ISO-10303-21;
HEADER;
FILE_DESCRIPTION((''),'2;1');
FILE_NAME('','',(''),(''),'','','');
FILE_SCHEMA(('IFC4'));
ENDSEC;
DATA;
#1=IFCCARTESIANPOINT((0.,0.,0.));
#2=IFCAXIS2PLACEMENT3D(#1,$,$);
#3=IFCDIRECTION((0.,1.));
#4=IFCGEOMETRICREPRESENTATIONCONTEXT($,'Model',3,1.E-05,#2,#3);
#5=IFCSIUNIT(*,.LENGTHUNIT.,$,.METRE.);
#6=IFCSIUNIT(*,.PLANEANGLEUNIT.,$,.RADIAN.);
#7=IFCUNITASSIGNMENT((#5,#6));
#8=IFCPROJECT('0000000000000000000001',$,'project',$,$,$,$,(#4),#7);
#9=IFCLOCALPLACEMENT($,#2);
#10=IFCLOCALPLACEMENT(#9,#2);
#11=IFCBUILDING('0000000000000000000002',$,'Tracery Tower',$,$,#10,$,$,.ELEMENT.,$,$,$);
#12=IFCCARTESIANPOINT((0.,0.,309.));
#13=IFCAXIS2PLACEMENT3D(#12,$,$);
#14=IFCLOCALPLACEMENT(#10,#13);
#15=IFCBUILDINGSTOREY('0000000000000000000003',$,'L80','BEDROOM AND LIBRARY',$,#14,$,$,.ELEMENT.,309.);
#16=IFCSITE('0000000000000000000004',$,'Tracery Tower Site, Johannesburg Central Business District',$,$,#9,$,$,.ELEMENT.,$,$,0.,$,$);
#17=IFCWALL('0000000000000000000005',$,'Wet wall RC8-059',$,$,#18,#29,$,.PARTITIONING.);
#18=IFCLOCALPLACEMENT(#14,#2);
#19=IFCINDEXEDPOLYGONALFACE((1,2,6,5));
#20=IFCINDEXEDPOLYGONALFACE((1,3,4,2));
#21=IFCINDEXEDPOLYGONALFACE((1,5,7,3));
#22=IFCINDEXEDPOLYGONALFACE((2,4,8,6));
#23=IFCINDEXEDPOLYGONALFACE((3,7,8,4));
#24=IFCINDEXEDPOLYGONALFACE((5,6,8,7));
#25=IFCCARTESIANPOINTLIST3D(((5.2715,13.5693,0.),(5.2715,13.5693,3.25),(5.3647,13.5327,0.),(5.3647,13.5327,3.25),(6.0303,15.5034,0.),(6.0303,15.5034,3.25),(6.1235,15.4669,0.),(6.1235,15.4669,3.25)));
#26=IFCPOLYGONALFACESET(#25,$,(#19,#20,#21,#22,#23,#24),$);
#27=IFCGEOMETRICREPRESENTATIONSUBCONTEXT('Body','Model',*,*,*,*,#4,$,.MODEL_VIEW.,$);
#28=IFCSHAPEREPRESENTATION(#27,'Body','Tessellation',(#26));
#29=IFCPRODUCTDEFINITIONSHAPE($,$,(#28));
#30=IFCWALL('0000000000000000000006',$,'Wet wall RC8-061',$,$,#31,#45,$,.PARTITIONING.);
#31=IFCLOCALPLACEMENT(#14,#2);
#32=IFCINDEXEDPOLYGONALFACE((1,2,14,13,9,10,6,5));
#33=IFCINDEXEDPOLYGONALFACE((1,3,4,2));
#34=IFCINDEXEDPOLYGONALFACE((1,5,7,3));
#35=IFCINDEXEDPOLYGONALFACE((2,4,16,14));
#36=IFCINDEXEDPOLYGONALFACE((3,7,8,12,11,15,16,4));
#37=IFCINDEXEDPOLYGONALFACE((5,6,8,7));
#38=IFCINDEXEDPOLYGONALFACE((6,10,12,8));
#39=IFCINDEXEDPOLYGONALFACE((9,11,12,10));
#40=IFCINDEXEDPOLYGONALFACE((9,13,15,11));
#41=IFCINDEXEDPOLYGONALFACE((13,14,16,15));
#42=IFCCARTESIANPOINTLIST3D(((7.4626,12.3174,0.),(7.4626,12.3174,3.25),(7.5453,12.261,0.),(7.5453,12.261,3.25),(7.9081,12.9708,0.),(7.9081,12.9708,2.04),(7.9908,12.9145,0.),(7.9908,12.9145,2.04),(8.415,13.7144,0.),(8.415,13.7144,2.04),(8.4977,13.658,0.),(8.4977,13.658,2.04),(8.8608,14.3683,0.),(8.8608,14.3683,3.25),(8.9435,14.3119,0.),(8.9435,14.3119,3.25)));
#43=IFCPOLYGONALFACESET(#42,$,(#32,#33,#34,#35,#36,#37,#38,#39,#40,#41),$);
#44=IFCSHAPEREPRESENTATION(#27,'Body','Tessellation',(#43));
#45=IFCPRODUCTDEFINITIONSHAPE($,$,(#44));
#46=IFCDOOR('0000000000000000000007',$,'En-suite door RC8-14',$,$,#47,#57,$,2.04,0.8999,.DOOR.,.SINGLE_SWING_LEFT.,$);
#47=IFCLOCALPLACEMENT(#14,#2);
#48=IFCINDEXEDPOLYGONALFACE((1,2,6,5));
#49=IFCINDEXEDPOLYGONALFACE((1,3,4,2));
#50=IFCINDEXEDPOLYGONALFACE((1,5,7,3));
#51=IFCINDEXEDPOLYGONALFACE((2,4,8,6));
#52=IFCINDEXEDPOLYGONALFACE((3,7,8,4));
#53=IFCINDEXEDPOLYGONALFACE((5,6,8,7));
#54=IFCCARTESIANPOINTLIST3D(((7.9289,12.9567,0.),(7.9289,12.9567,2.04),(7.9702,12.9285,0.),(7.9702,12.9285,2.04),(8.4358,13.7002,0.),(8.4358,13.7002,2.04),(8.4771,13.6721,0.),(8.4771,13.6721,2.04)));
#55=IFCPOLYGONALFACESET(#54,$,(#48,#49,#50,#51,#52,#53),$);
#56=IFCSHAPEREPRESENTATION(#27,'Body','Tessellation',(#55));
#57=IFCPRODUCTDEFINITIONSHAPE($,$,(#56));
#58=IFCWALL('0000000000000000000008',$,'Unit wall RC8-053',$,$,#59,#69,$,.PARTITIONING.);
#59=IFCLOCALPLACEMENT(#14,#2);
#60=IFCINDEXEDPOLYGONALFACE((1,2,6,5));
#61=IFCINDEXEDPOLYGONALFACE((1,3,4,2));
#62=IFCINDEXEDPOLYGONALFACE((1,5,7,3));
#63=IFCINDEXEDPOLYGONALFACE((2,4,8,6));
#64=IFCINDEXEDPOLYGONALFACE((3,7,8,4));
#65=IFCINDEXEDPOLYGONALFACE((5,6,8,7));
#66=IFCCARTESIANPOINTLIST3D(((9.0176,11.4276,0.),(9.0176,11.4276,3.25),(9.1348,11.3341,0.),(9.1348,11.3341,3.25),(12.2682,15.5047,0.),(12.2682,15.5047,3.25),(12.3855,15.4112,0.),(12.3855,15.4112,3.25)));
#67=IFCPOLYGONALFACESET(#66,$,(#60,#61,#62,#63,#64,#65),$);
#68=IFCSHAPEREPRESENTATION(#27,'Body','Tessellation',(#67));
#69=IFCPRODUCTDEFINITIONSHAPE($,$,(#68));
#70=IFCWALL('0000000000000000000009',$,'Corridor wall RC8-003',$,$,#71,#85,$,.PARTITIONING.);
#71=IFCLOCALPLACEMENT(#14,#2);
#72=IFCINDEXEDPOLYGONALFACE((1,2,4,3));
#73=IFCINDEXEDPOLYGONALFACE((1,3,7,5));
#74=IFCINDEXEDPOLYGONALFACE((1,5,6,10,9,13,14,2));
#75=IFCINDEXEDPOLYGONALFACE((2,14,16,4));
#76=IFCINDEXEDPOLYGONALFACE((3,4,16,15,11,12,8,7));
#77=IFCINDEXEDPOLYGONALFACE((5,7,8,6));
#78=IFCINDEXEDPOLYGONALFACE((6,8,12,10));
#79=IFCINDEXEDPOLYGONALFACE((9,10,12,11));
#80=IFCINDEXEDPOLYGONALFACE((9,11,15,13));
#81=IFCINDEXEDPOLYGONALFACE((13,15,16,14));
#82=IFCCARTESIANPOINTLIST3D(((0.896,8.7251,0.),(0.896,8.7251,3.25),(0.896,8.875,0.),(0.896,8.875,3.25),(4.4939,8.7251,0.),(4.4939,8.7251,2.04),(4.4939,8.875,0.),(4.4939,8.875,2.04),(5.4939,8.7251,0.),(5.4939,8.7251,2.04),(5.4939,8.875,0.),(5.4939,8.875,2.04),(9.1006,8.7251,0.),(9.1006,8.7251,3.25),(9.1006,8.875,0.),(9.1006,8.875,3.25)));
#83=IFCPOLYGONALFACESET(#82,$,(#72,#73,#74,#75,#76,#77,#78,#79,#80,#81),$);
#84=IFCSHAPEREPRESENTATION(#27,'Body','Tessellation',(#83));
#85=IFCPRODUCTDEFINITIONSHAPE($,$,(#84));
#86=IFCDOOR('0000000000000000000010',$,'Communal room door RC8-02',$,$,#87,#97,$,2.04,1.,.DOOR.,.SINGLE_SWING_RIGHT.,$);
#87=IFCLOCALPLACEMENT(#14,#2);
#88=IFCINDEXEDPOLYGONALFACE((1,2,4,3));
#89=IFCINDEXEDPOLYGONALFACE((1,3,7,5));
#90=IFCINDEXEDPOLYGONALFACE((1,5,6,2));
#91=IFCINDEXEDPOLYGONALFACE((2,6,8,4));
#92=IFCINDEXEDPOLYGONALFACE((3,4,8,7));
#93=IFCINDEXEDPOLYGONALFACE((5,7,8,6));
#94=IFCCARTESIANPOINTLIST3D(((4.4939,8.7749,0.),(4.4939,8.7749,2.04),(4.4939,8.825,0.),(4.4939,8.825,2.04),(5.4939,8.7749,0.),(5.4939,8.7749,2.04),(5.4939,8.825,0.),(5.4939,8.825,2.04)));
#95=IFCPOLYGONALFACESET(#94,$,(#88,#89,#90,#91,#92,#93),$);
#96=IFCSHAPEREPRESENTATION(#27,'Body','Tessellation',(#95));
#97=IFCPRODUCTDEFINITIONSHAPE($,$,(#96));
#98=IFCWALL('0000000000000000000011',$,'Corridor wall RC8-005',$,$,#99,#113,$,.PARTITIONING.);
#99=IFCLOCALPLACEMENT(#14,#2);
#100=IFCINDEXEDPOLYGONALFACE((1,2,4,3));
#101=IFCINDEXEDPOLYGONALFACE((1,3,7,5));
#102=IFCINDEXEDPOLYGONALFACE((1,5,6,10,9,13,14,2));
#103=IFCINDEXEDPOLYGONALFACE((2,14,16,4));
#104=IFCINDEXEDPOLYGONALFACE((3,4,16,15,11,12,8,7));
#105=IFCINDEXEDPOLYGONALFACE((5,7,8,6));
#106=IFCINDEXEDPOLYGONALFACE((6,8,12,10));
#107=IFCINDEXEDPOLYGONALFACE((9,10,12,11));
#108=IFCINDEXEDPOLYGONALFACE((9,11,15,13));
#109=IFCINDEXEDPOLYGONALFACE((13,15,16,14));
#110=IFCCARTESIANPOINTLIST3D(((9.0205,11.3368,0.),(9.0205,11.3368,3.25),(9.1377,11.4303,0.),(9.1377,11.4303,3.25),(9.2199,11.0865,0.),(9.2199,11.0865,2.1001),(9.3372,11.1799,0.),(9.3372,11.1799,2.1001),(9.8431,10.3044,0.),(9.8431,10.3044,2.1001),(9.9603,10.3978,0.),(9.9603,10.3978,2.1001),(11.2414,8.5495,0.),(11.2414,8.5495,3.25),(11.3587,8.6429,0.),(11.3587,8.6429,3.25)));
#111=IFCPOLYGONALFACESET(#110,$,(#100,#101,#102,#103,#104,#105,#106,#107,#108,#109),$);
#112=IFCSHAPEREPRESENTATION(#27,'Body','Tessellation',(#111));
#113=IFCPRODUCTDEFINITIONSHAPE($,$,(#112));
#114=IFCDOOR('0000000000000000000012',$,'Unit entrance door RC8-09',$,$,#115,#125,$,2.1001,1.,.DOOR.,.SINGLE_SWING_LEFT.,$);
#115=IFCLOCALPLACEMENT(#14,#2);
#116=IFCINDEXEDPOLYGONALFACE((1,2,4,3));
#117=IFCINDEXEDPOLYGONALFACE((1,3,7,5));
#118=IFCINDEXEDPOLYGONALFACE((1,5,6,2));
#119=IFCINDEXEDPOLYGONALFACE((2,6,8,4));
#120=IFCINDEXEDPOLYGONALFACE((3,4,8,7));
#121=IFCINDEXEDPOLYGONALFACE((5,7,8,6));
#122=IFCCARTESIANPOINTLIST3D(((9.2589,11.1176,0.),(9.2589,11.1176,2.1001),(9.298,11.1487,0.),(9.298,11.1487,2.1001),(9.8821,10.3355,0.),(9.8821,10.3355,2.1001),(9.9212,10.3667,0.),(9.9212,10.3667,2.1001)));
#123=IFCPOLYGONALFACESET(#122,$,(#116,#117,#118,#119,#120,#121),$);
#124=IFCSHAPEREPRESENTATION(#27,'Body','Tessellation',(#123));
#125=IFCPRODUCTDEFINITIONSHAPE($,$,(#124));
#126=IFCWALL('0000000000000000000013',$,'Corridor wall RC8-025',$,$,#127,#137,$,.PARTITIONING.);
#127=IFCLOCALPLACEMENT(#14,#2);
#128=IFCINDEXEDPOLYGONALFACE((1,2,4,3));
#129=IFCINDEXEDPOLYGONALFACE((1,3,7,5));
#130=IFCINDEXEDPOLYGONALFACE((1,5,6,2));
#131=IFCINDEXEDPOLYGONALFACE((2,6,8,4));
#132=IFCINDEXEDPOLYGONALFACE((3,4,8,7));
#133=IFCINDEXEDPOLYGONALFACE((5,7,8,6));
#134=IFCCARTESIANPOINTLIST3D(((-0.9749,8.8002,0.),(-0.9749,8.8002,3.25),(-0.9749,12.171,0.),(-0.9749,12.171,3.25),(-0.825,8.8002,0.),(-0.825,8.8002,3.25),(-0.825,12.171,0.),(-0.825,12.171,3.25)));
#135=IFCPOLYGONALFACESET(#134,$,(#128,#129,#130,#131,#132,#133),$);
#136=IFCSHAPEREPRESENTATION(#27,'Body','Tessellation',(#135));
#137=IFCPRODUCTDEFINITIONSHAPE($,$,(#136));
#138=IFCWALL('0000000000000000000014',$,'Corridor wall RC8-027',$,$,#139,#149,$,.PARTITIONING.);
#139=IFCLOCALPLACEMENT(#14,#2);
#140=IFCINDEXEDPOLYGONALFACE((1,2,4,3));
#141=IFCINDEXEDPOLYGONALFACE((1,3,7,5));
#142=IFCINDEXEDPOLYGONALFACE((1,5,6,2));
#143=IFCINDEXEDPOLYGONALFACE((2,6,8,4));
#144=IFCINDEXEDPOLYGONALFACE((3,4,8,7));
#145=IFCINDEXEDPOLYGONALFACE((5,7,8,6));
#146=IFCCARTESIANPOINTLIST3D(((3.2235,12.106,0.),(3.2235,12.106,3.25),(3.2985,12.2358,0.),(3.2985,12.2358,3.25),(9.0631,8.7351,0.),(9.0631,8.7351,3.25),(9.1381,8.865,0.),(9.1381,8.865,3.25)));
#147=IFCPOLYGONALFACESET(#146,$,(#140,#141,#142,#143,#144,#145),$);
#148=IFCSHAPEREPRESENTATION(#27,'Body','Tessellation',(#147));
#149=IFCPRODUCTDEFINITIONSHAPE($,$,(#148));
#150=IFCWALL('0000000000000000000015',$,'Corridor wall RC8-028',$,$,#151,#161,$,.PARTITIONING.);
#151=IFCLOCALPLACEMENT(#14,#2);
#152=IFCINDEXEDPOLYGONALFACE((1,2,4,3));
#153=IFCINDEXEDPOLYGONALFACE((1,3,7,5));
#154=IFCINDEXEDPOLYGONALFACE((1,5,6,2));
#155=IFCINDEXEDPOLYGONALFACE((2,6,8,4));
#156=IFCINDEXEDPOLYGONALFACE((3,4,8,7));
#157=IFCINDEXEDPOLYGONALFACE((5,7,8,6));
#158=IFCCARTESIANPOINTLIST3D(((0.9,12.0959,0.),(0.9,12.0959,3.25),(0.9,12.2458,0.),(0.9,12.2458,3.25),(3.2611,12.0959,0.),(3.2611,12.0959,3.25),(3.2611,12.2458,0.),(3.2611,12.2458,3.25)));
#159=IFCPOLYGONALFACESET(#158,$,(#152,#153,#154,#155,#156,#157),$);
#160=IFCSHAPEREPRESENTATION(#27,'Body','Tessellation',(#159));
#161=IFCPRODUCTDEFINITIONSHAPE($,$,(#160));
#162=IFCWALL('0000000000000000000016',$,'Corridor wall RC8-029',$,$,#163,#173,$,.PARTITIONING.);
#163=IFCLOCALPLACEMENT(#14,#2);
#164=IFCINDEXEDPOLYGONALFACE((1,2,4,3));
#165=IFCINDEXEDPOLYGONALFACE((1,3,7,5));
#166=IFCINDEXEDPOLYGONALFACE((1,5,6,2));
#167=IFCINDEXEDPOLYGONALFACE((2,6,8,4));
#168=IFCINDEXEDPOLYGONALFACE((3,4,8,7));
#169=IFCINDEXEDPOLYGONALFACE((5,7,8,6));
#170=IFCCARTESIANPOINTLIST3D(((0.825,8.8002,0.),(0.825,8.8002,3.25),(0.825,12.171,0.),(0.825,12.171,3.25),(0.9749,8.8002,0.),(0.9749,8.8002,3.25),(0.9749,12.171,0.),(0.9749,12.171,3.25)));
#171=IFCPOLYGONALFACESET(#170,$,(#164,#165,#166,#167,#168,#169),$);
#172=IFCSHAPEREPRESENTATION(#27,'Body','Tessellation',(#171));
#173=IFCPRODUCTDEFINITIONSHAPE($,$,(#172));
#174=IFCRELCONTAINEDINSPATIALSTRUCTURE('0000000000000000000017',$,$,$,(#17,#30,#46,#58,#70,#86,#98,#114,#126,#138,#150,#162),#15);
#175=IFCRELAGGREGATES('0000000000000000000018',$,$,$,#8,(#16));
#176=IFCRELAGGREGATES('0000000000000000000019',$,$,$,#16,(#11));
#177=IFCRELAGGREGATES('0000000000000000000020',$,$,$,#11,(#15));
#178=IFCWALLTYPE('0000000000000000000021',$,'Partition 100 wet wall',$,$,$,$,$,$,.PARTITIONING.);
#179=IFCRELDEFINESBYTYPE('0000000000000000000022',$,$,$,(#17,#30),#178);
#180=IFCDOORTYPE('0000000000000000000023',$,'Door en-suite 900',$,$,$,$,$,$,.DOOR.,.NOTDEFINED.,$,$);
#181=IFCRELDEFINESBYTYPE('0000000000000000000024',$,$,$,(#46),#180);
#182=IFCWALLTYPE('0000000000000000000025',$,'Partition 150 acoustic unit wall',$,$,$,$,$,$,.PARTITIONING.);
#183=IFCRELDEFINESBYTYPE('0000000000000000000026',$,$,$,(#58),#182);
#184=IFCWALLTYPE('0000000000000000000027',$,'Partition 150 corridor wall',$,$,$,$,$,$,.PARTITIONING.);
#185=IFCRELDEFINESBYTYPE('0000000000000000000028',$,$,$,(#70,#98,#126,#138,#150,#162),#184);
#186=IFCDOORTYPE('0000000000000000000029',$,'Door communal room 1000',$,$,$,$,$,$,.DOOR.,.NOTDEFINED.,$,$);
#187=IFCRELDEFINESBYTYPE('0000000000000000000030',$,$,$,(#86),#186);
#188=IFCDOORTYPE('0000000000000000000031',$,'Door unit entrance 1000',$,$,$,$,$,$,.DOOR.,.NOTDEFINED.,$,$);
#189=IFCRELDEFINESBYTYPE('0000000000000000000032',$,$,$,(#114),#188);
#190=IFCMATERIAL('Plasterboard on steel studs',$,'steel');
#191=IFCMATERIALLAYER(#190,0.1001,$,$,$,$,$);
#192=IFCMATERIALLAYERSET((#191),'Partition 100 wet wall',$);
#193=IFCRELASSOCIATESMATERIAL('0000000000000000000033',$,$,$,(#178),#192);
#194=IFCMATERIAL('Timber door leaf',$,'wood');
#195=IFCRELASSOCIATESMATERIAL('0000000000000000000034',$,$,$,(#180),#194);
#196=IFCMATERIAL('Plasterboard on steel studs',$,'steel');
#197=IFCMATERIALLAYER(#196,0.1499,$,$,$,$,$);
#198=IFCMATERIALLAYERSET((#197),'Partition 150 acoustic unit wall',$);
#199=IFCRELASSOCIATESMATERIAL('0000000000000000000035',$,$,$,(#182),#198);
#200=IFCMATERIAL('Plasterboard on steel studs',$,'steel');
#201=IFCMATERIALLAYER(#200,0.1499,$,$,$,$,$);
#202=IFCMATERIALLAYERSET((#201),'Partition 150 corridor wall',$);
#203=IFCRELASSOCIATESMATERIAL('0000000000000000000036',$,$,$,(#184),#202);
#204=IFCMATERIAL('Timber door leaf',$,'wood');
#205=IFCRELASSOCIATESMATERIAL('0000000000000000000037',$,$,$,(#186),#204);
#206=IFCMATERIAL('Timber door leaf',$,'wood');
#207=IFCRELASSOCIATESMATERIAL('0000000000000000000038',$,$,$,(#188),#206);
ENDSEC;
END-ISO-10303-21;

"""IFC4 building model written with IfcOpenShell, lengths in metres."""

from ifc_helpers import new_model, si_unit, direction, frame, frame_2d, origin, place, context, subcontext, project, spatial, rectangle, extrude, material, layer, layer_set, type_object, element, fill, save


model = new_model("IFC4")

# Units and contexts
model_context = context("Model", 3, precision=1e-05, world=origin(), true_north=direction((0.0, 1.0)))
body_context = subcontext(model_context, "Body", "Model", "MODEL_VIEW")
ifc_project = project(units=[si_unit("LENGTHUNIT", "METRE"), si_unit("PLANEANGLEUNIT", "RADIAN")], contexts=[model_context])

# Site, building, storey
site_placement = place(None, origin())
site = spatial("IfcSite", under=ifc_project, at=site_placement, Name="Tracery Tower Site, Johannesburg Central Business District", CompositionType="ELEMENT", RefElevation=0.0)
building_placement = place(site_placement, origin())
building = spatial("IfcBuilding", under=site, at=building_placement, Name="Tracery Tower", CompositionType="ELEMENT")
storey_placement = place(building_placement, frame((0.0, 0.0, 309.0)))
storey = spatial("IfcBuildingStorey", under=building, at=storey_placement, Name="L80", Description="BEDROOM AND LIBRARY", CompositionType="ELEMENT", Elevation=309.0)

# Wall
ifc_material_1 = material(Name="Plasterboard on steel studs", Category="steel")
ifc_layer_1 = layer(ifc_material_1, 0.1001)
ifc_layer_set_1 = layer_set([ifc_layer_1], Name="Partition 100 wet wall")
wall_type_1 = type_object("IfcWallType", Name="Partition 100 wet wall", PredefinedType="PARTITIONING", material=ifc_layer_set_1)
wall_1_placement = place(storey_placement, frame((5.3181, 13.551, 0.0), z_axis=(0.0, 0.0, 1.0), x_axis=(0.365223, 0.93092, 0.0)))
element("IfcWall", 1, at=wall_1_placement, inside=storey, type_object=wall_type_1, Name="Wet wall RC8-059", PredefinedType="PARTITIONING", context=body_context, shape_type="SweptSolid", body=[
    extrude(rectangle(XDim=2.0776, YDim=0.1001, at=frame_2d((1.0388, 0.0))), origin(), (0.0, 0.0, 1.0), 3.25),
])

# Wall, opening, door
wall_2_placement = place(storey_placement, frame((7.5039, 12.2891, 0.0), z_axis=(0.0, 0.0, 1.0), x_axis=(0.563273, 0.826271, 0.0)))
wall_2 = element("IfcWall", 2, at=wall_2_placement, inside=storey, type_object=wall_type_1, Name="Wet wall RC8-061", PredefinedType="PARTITIONING", context=body_context, shape_type="SweptSolid", body=[
    extrude(rectangle(XDim=2.4822, YDim=0.1001, at=frame_2d((1.2412, 0.0))), origin(), (0.0, 0.0, 1.0), 3.25),
])
opening_1_placement = place(wall_2_placement, frame((0.791, 0.0, 0.0)))
opening_1 = element("IfcOpeningElement", 3, at=opening_1_placement, cuts=wall_2, PredefinedType="OPENING", context=body_context, shape_type="SweptSolid", body=[
    extrude(rectangle(XDim=0.8999, YDim=2.04, at=frame_2d((0.45, 1.02))), frame((0.0, 0.05, 0.0), z_axis=(0.0, -1.0, 0.0), x_axis=(1.0, 0.0, 0.0)), (0.0, 0.0, 1.0), 0.1001),
])
ifc_material_2 = material(Name="Timber door leaf", Category="wood")
door_type_1 = type_object("IfcDoorType", Name="Door en-suite 900", OperationType="NOTDEFINED", PredefinedType="DOOR", material=ifc_material_2)
door_1_placement = place(opening_1_placement, origin())
door_1 = element("IfcDoor", 4, at=door_1_placement, inside=storey, type_object=door_type_1, Name="En-suite door RC8-14", OperationType="SINGLE_SWING_LEFT", OverallHeight=2.04, OverallWidth=0.8999, PredefinedType="DOOR", context=body_context, shape_type="SweptSolid", body=[
    extrude(rectangle(XDim=0.8999, YDim=2.04, at=frame_2d((0.45, 1.02))), frame((0.0, 0.0249, 0.0), z_axis=(0.0, -1.0, 0.0), x_axis=(1.0, 0.0, 0.0)), (0.0, 0.0, 1.0), 0.05),
])
fill(opening_1, door_1)

# Wall
ifc_material_3 = material(Name="Plasterboard on steel studs", Category="steel")
ifc_layer_2 = layer(ifc_material_3, 0.1499)
ifc_layer_set_2 = layer_set([ifc_layer_2], Name="Partition 150 acoustic unit wall")
wall_type_2 = type_object("IfcWallType", Name="Partition 150 acoustic unit wall", PredefinedType="PARTITIONING", material=ifc_layer_set_2)
wall_3_placement = place(storey_placement, frame((9.0762, 11.3809, 0.0), z_axis=(0.0, 0.0, 1.0), x_axis=(0.62341, 0.781896, 0.0)))
element("IfcWall", 5, at=wall_3_placement, inside=storey, type_object=wall_type_2, Name="Unit wall RC8-053", PredefinedType="PARTITIONING", context=body_context, shape_type="SweptSolid", body=[
    extrude(rectangle(XDim=5.2144, YDim=0.1499, at=frame_2d((2.6072, 0.0))), origin(), (0.0, 0.0, 1.0), 3.25),
])

# Walls, openings, doors
ifc_material_4 = material(Name="Plasterboard on steel studs", Category="steel")
ifc_layer_3 = layer(ifc_material_4, 0.1499)
ifc_layer_set_3 = layer_set([ifc_layer_3], Name="Partition 150 corridor wall")
wall_type_3 = type_object("IfcWallType", Name="Partition 150 corridor wall", PredefinedType="PARTITIONING", material=ifc_layer_set_3)
wall_4_placement = place(storey_placement, frame((0.896, 8.8, 0.0), z_axis=(0.0, 0.0, 1.0), x_axis=(1.0, 0.0, 0.0)))
wall_4 = element("IfcWall", 6, at=wall_4_placement, inside=storey, type_object=wall_type_3, Name="Corridor wall RC8-003", PredefinedType="PARTITIONING", context=body_context, shape_type="SweptSolid", body=[
    extrude(rectangle(XDim=8.2046, YDim=0.1499, at=frame_2d((4.1023, 0.0))), origin(), (0.0, 0.0, 1.0), 3.25),
])
opening_2_placement = place(wall_4_placement, frame((3.5979, 0.0, 0.0)))
opening_2 = element("IfcOpeningElement", 7, at=opening_2_placement, cuts=wall_4, PredefinedType="OPENING", context=body_context, shape_type="SweptSolid", body=[
    extrude(rectangle(XDim=1.0, YDim=2.04, at=frame_2d((0.5, 1.02))), frame((0.0, 0.075, 0.0), z_axis=(0.0, -1.0, 0.0), x_axis=(1.0, 0.0, 0.0)), (0.0, 0.0, 1.0), 0.1499),
])
ifc_material_5 = material(Name="Timber door leaf", Category="wood")
door_type_2 = type_object("IfcDoorType", Name="Door communal room 1000", OperationType="NOTDEFINED", PredefinedType="DOOR", material=ifc_material_5)
door_2_placement = place(opening_2_placement, origin())
door_2 = element("IfcDoor", 8, at=door_2_placement, inside=storey, type_object=door_type_2, Name="Communal room door RC8-02", OperationType="SINGLE_SWING_RIGHT", OverallHeight=2.04, OverallWidth=1.0, PredefinedType="DOOR", context=body_context, shape_type="SweptSolid", body=[
    extrude(rectangle(XDim=1.0, YDim=2.04, at=frame_2d((0.5, 1.02))), frame((0.0, 0.0249, 0.0), z_axis=(0.0, -1.0, 0.0), x_axis=(1.0, 0.0, 0.0)), (0.0, 0.0, 1.0), 0.05),
])
fill(opening_2, door_2)
wall_5_placement = place(storey_placement, frame((9.0791, 11.3835, 0.0), z_axis=(0.0, 0.0, 1.0), x_axis=(0.623165, -0.78209, 0.0)))
wall_5 = element("IfcWall", 9, at=wall_5_placement, inside=storey, type_object=wall_type_3, Name="Corridor wall RC8-005", PredefinedType="PARTITIONING", context=body_context, shape_type="SweptSolid", body=[
    extrude(rectangle(XDim=3.564, YDim=0.1499, at=frame_2d((1.782, 0.0))), origin(), (0.0, 0.0, 1.0), 3.25),
])
opening_3_placement = place(wall_5_placement, frame((0.3201, 0.0, 0.0)))
opening_3 = element("IfcOpeningElement", 10, at=opening_3_placement, cuts=wall_5, PredefinedType="OPENING", context=body_context, shape_type="SweptSolid", body=[
    extrude(rectangle(XDim=1.0, YDim=2.1001, at=frame_2d((0.5, 1.05))), frame((0.0, 0.075, 0.0), z_axis=(0.0, -1.0, 0.0), x_axis=(1.0, 0.0, 0.0)), (0.0, 0.0, 1.0), 0.1499),
])
ifc_material_6 = material(Name="Timber door leaf", Category="wood")
door_type_3 = type_object("IfcDoorType", Name="Door unit entrance 1000", OperationType="NOTDEFINED", PredefinedType="DOOR", material=ifc_material_6)
door_3_placement = place(opening_3_placement, origin())
door_3 = element("IfcDoor", 11, at=door_3_placement, inside=storey, type_object=door_type_3, Name="Unit entrance door RC8-09", OperationType="SINGLE_SWING_LEFT", OverallHeight=2.1001, OverallWidth=1.0, PredefinedType="DOOR", context=body_context, shape_type="SweptSolid", body=[
    extrude(rectangle(XDim=1.0, YDim=2.1001, at=frame_2d((0.5, 1.05))), frame((0.0, 0.0249, 0.0), z_axis=(0.0, -1.0, 0.0), x_axis=(1.0, 0.0, 0.0)), (0.0, 0.0, 1.0), 0.05),
])
fill(opening_3, door_3)

# Walls
wall_6_placement = place(storey_placement, frame((-0.8999, 8.8, 0.0), z_axis=(0.0, 0.0, 1.0), x_axis=(0.0, 1.0, 0.0)))
element("IfcWall", 12, at=wall_6_placement, inside=storey, type_object=wall_type_3, Name="Corridor wall RC8-025", PredefinedType="PARTITIONING", context=body_context, shape_type="SweptSolid", body=[
    extrude(rectangle(XDim=3.3708, YDim=0.1499, at=frame_2d((1.6855, 0.0))), origin(), (0.0, 0.0, 1.0), 3.25),
])
wall_7_placement = place(storey_placement, frame((3.261, 12.1709, 0.0), z_axis=(0.0, 0.0, 1.0), x_axis=(0.866067, -0.499928, 0.0)))
element("IfcWall", 13, at=wall_7_placement, inside=storey, type_object=wall_type_3, Name="Corridor wall RC8-027", PredefinedType="PARTITIONING", context=body_context, shape_type="SweptSolid", body=[
    extrude(rectangle(XDim=6.7427, YDim=0.1499, at=frame_2d((3.3713, 0.0))), origin(), (0.0, 0.0, 1.0), 3.25),
])
wall_8_placement = place(storey_placement, frame((0.8999, 12.1709, 0.0), z_axis=(0.0, 0.0, 1.0), x_axis=(1.0, 0.0, 0.0)))
element("IfcWall", 14, at=wall_8_placement, inside=storey, type_object=wall_type_3, Name="Corridor wall RC8-028", PredefinedType="PARTITIONING", context=body_context, shape_type="SweptSolid", body=[
    extrude(rectangle(XDim=2.3611, YDim=0.1499, at=frame_2d((1.1807, 0.0))), origin(), (0.0, 0.0, 1.0), 3.25),
])
wall_9_placement = place(storey_placement, frame((0.8999, 8.8, 0.0), z_axis=(0.0, 0.0, 1.0), x_axis=(0.0, 1.0, 0.0)))
element("IfcWall", 15, at=wall_9_placement, inside=storey, type_object=wall_type_3, Name="Corridor wall RC8-029", PredefinedType="PARTITIONING", context=body_context, shape_type="SweptSolid", body=[
    extrude(rectangle(XDim=3.3708, YDim=0.1499, at=frame_2d((1.6855, 0.0))), origin(), (0.0, 0.0, 1.0), 3.25),
])

save(model, "model.ifc")
